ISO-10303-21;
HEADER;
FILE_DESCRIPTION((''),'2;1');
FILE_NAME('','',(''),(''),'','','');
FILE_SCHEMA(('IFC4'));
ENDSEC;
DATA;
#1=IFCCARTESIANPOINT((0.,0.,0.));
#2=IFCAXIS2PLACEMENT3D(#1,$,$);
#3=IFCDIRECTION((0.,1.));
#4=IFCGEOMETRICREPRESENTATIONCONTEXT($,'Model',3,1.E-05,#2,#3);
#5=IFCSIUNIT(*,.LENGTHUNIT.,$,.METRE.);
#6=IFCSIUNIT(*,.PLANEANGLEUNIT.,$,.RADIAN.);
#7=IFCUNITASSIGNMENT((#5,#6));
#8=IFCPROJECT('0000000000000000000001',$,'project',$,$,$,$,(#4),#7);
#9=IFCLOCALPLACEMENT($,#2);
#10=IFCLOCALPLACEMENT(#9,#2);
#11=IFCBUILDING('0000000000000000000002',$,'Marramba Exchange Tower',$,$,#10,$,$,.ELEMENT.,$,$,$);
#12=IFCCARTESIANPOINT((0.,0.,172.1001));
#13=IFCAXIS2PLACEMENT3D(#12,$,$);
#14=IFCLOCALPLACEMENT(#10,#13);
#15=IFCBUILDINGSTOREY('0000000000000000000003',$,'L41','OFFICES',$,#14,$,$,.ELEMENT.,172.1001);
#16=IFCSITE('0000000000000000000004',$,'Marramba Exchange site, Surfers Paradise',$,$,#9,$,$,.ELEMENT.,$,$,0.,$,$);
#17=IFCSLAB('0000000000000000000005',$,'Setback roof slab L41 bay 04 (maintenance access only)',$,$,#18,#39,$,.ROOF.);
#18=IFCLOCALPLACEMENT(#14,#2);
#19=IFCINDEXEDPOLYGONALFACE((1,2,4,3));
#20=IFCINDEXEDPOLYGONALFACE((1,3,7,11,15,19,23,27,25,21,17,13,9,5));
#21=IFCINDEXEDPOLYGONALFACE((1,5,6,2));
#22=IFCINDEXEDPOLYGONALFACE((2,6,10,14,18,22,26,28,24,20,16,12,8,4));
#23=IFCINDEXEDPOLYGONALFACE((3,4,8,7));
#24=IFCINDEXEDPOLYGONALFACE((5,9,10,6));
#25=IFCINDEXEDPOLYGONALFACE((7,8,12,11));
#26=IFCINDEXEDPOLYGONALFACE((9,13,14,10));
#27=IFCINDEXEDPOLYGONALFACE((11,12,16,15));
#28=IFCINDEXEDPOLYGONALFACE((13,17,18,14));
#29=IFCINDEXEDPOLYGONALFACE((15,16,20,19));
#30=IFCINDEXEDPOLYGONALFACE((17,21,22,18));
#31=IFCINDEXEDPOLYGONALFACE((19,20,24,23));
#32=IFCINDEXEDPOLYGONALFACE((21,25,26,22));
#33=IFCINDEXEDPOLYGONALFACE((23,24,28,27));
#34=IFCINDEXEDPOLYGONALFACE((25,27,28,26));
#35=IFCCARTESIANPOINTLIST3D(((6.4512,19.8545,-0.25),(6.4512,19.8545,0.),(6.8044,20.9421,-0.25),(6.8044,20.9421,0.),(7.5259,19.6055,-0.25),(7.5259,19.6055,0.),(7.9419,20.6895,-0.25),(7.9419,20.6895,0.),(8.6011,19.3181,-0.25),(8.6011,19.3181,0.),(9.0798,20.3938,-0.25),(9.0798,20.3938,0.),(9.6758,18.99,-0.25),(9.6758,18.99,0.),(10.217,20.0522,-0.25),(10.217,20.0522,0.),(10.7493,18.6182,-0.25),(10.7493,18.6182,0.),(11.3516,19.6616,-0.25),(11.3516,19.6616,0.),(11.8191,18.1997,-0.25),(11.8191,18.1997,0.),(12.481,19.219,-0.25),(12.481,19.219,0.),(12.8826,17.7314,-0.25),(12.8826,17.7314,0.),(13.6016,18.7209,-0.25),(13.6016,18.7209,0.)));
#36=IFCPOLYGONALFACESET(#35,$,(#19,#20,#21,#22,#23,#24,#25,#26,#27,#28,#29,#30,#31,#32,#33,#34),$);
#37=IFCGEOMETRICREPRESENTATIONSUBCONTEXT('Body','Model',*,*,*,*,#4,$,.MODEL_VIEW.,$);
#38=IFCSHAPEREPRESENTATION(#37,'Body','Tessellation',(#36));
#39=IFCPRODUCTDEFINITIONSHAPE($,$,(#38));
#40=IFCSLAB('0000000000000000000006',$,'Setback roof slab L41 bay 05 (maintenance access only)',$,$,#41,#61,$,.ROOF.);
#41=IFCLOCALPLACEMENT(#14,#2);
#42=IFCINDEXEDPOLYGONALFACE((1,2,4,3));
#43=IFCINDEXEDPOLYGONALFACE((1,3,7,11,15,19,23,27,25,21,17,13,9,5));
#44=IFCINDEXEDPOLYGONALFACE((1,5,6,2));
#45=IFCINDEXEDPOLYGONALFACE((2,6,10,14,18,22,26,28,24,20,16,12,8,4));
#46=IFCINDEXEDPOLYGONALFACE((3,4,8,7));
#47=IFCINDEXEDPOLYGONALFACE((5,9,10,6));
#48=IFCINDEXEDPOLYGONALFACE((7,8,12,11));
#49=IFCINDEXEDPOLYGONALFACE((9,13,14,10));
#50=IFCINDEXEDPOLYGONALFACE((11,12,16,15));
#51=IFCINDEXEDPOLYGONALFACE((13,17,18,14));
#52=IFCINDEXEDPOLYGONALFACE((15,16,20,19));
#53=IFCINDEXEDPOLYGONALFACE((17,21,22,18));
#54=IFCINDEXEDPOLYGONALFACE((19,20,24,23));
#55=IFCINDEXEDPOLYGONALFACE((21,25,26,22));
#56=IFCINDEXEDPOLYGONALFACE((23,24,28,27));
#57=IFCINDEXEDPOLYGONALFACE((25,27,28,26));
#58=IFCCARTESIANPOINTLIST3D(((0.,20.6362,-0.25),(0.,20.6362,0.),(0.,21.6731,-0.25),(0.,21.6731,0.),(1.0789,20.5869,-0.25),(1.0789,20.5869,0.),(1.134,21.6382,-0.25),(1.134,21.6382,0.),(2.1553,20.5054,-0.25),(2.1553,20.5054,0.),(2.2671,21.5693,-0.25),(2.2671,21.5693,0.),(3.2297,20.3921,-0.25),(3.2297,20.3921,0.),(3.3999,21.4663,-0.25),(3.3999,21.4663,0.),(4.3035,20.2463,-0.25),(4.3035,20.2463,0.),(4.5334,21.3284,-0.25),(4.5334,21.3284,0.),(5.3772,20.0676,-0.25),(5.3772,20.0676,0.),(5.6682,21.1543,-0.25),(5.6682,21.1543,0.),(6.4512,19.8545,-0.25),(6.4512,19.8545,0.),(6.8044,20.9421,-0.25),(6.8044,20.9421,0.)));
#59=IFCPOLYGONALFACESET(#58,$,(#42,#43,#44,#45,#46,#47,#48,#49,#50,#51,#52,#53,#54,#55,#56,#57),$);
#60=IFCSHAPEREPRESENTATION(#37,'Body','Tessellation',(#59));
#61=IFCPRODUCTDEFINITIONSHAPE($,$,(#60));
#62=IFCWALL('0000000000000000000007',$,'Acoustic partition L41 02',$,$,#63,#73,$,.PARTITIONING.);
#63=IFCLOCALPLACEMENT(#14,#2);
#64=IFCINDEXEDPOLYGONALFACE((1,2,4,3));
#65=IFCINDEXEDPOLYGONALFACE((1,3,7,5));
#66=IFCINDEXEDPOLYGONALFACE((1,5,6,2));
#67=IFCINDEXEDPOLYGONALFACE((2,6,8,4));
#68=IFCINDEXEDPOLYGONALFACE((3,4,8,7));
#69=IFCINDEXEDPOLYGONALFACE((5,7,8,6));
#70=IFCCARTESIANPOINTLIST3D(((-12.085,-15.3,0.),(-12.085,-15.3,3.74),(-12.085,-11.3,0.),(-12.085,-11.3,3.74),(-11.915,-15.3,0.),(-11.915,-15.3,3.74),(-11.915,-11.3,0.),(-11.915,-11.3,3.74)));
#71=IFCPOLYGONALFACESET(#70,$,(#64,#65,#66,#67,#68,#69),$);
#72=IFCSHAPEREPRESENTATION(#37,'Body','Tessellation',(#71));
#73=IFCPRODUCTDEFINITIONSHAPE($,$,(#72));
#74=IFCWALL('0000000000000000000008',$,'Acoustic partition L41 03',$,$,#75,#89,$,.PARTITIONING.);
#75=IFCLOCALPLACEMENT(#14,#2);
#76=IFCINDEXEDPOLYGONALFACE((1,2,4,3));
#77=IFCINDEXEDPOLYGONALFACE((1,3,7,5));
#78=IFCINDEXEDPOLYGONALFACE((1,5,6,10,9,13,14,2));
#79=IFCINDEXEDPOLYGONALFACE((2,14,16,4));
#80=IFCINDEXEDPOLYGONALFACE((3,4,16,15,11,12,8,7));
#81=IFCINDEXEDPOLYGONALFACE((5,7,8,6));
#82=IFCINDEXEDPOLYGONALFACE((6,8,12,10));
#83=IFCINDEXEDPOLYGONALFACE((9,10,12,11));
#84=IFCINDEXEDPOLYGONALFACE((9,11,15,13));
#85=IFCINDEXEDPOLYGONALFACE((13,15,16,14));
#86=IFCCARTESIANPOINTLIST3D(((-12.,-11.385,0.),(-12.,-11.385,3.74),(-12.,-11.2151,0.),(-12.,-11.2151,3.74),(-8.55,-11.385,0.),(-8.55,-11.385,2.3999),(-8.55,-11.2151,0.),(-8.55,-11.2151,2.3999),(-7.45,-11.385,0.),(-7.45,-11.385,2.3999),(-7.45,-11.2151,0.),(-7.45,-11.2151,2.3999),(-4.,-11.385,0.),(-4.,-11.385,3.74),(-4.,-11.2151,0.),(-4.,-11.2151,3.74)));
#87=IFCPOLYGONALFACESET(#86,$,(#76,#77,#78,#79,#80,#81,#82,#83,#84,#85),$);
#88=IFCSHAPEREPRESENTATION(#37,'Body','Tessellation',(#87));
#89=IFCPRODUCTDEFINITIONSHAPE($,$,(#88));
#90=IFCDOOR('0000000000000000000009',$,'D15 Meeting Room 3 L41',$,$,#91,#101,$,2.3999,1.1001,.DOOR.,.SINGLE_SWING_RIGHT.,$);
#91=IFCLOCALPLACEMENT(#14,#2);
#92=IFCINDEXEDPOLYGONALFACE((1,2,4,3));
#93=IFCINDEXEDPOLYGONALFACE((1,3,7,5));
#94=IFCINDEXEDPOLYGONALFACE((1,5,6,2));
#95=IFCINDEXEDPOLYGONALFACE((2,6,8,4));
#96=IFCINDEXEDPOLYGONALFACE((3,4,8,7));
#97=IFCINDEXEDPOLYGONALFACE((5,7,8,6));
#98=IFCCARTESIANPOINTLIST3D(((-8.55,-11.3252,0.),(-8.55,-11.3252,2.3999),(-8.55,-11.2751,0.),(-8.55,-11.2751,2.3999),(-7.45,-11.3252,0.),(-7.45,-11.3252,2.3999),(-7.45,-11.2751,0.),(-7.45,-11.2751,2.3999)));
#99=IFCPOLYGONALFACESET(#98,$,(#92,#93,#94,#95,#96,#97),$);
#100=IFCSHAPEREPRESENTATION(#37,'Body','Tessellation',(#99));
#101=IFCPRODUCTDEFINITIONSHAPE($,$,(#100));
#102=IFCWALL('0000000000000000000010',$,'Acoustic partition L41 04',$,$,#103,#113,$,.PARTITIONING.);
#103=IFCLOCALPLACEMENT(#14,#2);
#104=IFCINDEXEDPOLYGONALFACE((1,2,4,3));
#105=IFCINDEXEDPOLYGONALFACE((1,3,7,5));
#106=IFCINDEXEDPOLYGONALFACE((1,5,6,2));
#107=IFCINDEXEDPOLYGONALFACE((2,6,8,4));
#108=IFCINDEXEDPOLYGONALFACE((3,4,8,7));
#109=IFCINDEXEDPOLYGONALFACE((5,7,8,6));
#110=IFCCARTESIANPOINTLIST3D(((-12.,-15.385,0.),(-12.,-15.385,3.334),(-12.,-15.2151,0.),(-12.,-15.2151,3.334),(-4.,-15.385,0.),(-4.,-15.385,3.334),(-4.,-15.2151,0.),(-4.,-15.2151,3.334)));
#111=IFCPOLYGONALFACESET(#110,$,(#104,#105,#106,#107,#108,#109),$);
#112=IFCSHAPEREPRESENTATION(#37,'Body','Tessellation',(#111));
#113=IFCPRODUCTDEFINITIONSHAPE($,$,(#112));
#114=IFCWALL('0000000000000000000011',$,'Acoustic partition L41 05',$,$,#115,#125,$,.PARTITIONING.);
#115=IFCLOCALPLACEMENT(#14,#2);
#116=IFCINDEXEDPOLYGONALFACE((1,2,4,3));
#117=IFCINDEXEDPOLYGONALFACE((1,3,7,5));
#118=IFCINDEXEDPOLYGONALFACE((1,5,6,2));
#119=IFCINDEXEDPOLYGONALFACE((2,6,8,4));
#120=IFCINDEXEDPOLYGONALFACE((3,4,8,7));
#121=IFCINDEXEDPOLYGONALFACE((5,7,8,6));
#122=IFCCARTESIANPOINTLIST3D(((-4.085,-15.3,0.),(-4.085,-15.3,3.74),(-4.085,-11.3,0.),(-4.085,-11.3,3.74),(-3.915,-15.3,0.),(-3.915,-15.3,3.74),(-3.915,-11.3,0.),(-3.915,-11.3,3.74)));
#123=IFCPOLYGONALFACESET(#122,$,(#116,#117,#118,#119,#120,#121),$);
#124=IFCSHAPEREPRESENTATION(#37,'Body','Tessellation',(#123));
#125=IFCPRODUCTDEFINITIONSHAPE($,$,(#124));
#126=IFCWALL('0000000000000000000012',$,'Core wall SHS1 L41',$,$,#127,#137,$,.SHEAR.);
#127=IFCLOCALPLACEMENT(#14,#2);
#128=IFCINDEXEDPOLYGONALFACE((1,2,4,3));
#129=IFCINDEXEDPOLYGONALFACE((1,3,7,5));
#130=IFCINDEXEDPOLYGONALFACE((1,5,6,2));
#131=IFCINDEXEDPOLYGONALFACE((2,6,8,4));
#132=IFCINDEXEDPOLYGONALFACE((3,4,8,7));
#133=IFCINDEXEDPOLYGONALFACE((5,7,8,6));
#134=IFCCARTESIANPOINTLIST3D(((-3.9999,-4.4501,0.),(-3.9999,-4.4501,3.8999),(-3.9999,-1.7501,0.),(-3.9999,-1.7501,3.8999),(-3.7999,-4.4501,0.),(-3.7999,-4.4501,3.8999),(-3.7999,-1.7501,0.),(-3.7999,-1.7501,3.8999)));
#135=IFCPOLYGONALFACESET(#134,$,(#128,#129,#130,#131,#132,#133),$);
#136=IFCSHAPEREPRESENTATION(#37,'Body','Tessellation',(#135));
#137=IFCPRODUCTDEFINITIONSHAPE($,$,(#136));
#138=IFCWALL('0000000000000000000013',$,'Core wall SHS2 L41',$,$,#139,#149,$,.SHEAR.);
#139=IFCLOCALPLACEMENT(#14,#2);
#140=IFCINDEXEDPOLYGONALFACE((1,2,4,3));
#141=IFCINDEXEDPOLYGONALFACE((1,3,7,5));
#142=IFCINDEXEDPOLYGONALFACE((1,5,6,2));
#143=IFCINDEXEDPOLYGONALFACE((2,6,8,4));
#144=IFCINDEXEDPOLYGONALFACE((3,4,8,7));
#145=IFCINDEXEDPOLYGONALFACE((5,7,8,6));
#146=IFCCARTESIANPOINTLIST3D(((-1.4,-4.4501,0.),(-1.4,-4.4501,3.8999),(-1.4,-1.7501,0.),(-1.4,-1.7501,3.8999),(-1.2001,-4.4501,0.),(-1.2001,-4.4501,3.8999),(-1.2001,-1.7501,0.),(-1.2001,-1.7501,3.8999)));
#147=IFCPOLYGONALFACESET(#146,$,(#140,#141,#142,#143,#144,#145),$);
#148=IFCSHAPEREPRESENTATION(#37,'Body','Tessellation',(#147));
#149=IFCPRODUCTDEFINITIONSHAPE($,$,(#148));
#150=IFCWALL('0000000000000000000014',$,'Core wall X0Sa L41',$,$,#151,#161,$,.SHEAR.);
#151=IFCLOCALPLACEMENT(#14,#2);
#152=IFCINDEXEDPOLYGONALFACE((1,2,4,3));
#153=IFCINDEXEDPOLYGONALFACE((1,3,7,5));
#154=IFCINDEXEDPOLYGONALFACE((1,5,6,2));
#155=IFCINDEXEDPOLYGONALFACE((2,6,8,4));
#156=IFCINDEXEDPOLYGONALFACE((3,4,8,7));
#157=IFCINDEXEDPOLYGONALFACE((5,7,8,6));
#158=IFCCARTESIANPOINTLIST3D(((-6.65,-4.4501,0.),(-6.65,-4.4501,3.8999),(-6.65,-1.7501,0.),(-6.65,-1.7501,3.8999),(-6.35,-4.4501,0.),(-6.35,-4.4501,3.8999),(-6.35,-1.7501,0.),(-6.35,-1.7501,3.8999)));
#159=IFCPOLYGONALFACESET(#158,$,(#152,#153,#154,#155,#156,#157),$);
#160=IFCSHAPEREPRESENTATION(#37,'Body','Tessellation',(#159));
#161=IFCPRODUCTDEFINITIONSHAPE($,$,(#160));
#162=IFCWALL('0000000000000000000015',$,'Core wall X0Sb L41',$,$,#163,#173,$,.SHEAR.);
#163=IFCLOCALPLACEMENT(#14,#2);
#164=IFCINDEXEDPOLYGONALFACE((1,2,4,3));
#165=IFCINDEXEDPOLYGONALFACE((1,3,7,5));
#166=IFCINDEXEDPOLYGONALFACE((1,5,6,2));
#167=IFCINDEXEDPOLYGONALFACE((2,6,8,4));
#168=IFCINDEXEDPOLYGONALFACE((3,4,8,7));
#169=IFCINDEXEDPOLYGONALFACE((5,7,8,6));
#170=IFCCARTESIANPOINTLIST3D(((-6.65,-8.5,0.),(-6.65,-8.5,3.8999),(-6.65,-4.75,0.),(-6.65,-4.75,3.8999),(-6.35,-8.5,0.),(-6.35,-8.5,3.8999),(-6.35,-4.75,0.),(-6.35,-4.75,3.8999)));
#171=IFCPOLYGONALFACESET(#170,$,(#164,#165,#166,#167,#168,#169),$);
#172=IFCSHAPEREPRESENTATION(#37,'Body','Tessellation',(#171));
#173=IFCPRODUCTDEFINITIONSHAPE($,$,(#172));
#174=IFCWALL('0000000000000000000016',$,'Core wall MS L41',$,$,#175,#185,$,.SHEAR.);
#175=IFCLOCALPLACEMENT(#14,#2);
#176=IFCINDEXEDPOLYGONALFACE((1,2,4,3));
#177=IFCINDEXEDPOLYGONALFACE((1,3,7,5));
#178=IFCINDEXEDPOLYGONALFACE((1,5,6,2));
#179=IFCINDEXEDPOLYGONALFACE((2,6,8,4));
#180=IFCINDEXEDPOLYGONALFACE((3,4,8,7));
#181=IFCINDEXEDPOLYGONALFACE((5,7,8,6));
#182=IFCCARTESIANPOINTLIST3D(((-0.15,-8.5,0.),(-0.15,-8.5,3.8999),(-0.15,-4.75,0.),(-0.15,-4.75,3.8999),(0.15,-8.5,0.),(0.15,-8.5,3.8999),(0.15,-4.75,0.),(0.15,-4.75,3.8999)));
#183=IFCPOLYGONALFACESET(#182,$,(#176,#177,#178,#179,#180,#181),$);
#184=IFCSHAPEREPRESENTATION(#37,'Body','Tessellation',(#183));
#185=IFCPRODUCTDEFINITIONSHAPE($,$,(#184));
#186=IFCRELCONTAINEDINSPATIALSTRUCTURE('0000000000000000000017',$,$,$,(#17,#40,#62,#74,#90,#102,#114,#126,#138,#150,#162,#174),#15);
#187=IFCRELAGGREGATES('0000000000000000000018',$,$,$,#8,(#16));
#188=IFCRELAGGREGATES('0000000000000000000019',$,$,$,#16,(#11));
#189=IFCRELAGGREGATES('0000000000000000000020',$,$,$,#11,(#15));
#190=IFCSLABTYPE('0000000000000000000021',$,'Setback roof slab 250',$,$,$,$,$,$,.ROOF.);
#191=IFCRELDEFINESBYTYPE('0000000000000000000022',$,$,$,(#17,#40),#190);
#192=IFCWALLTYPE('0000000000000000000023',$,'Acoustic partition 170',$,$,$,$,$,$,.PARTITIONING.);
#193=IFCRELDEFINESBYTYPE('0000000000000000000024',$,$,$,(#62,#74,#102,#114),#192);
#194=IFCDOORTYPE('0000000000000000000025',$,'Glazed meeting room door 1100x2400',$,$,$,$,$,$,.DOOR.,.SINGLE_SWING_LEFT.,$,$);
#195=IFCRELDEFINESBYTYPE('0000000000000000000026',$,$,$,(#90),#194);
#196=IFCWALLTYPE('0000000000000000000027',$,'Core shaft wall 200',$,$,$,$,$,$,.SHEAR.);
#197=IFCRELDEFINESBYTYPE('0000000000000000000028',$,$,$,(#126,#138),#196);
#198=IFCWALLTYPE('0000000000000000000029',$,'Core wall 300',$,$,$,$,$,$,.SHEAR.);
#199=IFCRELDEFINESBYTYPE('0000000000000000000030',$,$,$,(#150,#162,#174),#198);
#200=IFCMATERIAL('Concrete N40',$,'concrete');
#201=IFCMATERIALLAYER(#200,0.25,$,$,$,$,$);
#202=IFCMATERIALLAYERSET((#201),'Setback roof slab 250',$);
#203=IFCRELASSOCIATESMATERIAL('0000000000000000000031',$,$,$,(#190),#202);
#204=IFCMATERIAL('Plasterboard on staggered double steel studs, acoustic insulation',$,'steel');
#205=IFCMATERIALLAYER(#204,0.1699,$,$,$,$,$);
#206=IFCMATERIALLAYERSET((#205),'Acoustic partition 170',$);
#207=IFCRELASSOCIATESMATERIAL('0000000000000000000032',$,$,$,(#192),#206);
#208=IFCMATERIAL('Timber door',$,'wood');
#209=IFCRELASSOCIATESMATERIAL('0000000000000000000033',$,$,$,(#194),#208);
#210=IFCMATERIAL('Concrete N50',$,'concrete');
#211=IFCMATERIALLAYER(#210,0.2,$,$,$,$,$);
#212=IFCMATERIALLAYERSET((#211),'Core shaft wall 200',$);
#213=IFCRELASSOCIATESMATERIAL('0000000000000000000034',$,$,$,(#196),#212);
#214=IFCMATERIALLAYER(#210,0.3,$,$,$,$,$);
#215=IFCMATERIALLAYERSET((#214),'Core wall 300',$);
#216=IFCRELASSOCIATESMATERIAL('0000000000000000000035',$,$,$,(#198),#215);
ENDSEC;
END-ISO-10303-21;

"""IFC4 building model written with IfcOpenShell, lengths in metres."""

from ifc_helpers import new_model, si_unit, direction, frame, frame_2d, origin, place, context, subcontext, project, spatial, polyline, rectangle, outline, extrude, material, layer, layer_set, type_object, element, fill, save


model = new_model("IFC4")

# Units and contexts
model_context = context("Model", 3, precision=1e-05, world=origin(), true_north=direction((0.0, 1.0)))
body_context = subcontext(model_context, "Body", "Model", "MODEL_VIEW")
ifc_project = project(units=[si_unit("LENGTHUNIT", "METRE"), si_unit("PLANEANGLEUNIT", "RADIAN")], contexts=[model_context])

# Site, building, storey
site_placement = place(None, origin())
site = spatial("IfcSite", under=ifc_project, at=site_placement, Name="Marramba Exchange site, Surfers Paradise", CompositionType="ELEMENT", RefElevation=0.0)
building_placement = place(site_placement, origin())
building = spatial("IfcBuilding", under=site, at=building_placement, Name="Marramba Exchange Tower", CompositionType="ELEMENT")
storey_placement = place(building_placement, frame((0.0, 0.0, 172.1001)))
storey = spatial("IfcBuildingStorey", under=building, at=storey_placement, Name="L41", Description="OFFICES", CompositionType="ELEMENT", Elevation=172.1001)

# Slabs
ifc_material_1 = material(Name="Concrete N40", Category="concrete")
ifc_layer_1 = layer(ifc_material_1, 0.25)
ifc_layer_set_1 = layer_set([ifc_layer_1], Name="Setback roof slab 250")
slab_type_1 = type_object("IfcSlabType", Name="Setback roof slab 250", PredefinedType="ROOF", material=ifc_layer_set_1)
slab_1_placement = place(storey_placement, frame((0.0, 0.0, -0.25)))
element("IfcSlab", 1, at=slab_1_placement, inside=storey, type_object=slab_type_1, Name="Setback roof slab L41 bay 04 (maintenance access only)", PredefinedType="ROOF", context=body_context, shape_type="SweptSolid", body=[
    extrude(outline(polyline([(7.9419, 20.6895), (9.0798, 20.3938), (10.217, 20.0522), (11.3516, 19.6616), (12.481, 19.219), (13.6016, 18.7209), (12.8826, 17.7314), (11.8191, 18.1997), (10.7493, 18.6182), (9.6758, 18.99), (8.6011, 19.3181), (7.5259, 19.6055), (6.4512, 19.8545), (6.8044, 20.9421), (7.9419, 20.6895)])), origin(), (0.0, 0.0, 1.0), 0.25),
])
slab_2_placement = place(storey_placement, frame((0.0, 0.0, -0.25)))
element("IfcSlab", 2, at=slab_2_placement, inside=storey, type_object=slab_type_1, Name="Setback roof slab L41 bay 05 (maintenance access only)", PredefinedType="ROOF", context=body_context, shape_type="SweptSolid", body=[
    extrude(outline(polyline([(1.134, 21.6382), (2.2671, 21.5693), (3.3999, 21.4663), (4.5334, 21.3284), (5.6682, 21.1543), (6.8044, 20.9421), (6.4512, 19.8545), (5.3772, 20.0676), (4.3035, 20.2463), (3.2297, 20.3921), (2.1553, 20.5054), (1.0789, 20.5869), (0.0, 20.6362), (0.0, 21.6731), (1.134, 21.6382)])), origin(), (0.0, 0.0, 1.0), 0.25),
])

# Wall
ifc_material_2 = material(Name="Plasterboard on staggered double steel studs, acoustic insulation", Category="steel")
ifc_layer_2 = layer(ifc_material_2, 0.1699)
ifc_layer_set_2 = layer_set([ifc_layer_2], Name="Acoustic partition 170")
wall_type_1 = type_object("IfcWallType", Name="Acoustic partition 170", PredefinedType="PARTITIONING", material=ifc_layer_set_2)
wall_1_placement = place(storey_placement, frame((-12.0, -15.3, 0.0), z_axis=(0.0, 0.0, 1.0), x_axis=(0.0, 1.0, 0.0)))
element("IfcWall", 3, at=wall_1_placement, inside=storey, type_object=wall_type_1, Name="Acoustic partition L41 02", PredefinedType="PARTITIONING", context=body_context, shape_type="SweptSolid", body=[
    extrude(rectangle(XDim=4.0, YDim=0.1699, at=frame_2d((2.0, 0.0))), origin(), (0.0, 0.0, 1.0), 3.74),
])

# Wall, opening, door
wall_2_placement = place(storey_placement, frame((-12.0, -11.3, 0.0), z_axis=(0.0, 0.0, 1.0), x_axis=(1.0, 0.0, 0.0)))
wall_2 = element("IfcWall", 4, at=wall_2_placement, inside=storey, type_object=wall_type_1, Name="Acoustic partition L41 03", PredefinedType="PARTITIONING", context=body_context, shape_type="SweptSolid", body=[
    extrude(rectangle(XDim=8.0, YDim=0.1699, at=frame_2d((4.0, 0.0))), origin(), (0.0, 0.0, 1.0), 3.74),
])
opening_1_placement = place(wall_2_placement, frame((3.45, 0.0, 0.0)))
opening_1 = element("IfcOpeningElement", 5, at=opening_1_placement, cuts=wall_2, PredefinedType="OPENING", context=body_context, shape_type="SweptSolid", body=[
    extrude(rectangle(XDim=1.1001, YDim=2.3999, at=frame_2d((0.55, 1.2))), frame((0.0, 0.095, 0.0), z_axis=(0.0, -1.0, 0.0), x_axis=(1.0, 0.0, 0.0)), (0.0, 0.0, 1.0), 0.1899),
])
ifc_material_3 = material(Name="Timber door", Category="wood")
door_type_1 = type_object("IfcDoorType", Name="Glazed meeting room door 1100x2400", OperationType="SINGLE_SWING_LEFT", PredefinedType="DOOR", material=ifc_material_3)
door_1_placement = place(opening_1_placement, frame((1.1001, 0.0, 0.0), z_axis=(0.0, 0.0, 1.0), x_axis=(-1.0, 0.0, 0.0)))
door_1 = element("IfcDoor", 6, at=door_1_placement, inside=storey, type_object=door_type_1, Name="D15 Meeting Room 3 L41", OperationType="SINGLE_SWING_RIGHT", OverallHeight=2.3999, OverallWidth=1.1001, PredefinedType="DOOR", context=body_context, shape_type="SweptSolid", body=[
    extrude(rectangle(XDim=1.1001, YDim=2.3999, at=frame_2d((0.55, 1.2))), frame((0.0, 0.0251, 0.0), z_axis=(0.0, -1.0, 0.0), x_axis=(1.0, 0.0, 0.0)), (0.0, 0.0, 1.0), 0.05),
])
fill(opening_1, door_1)

# Walls
wall_3_placement = place(storey_placement, frame((-4.0, -15.3, 0.0), z_axis=(0.0, 0.0, 1.0), x_axis=(-1.0, 0.0, 0.0)))
element("IfcWall", 7, at=wall_3_placement, inside=storey, type_object=wall_type_1, Name="Acoustic partition L41 04", PredefinedType="PARTITIONING", context=body_context, shape_type="SweptSolid", body=[
    extrude(rectangle(XDim=8.0, YDim=0.1699, at=frame_2d((4.0, 0.0))), origin(), (0.0, 0.0, 1.0), 3.334),
])
wall_4_placement = place(storey_placement, frame((-4.0, -11.3, 0.0), z_axis=(0.0, 0.0, 1.0), x_axis=(0.0, -1.0, 0.0)))
element("IfcWall", 8, at=wall_4_placement, inside=storey, type_object=wall_type_1, Name="Acoustic partition L41 05", PredefinedType="PARTITIONING", context=body_context, shape_type="SweptSolid", body=[
    extrude(rectangle(XDim=4.0, YDim=0.1699, at=frame_2d((2.0, 0.0))), origin(), (0.0, 0.0, 1.0), 3.74),
])
ifc_material_4 = material(Name="Concrete N50", Category="concrete")
ifc_layer_3 = layer(ifc_material_4, 0.2)
ifc_layer_set_3 = layer_set([ifc_layer_3], Name="Core shaft wall 200")
wall_type_2 = type_object("IfcWallType", Name="Core shaft wall 200", PredefinedType="SHEAR", material=ifc_layer_set_3)
for number, where, z_axis, x_axis, name in (
    (9, (-3.8999, -1.75, 0.0), (0.0, 0.0, 1.0), (0.0, -1.0, 0.0), "Core wall SHS1 L41"),
    (10, (-1.3, -1.75, 0.0), (0.0, 0.0, 1.0), (0.0, -1.0, 0.0), "Core wall SHS2 L41"),
):
    element("IfcWall", number, at=place(storey_placement, frame(where, z_axis=z_axis, x_axis=x_axis)), inside=storey, type_object=wall_type_2, Name=name, PredefinedType="SHEAR", context=body_context, shape_type="SweptSolid", body=[
        extrude(rectangle(XDim=2.7, YDim=0.2, at=frame_2d((1.3501, 0.0))), origin(), (0.0, 0.0, 1.0), 3.8999),
    ])
ifc_layer_4 = layer(ifc_material_4, 0.3)
ifc_layer_set_4 = layer_set([ifc_layer_4], Name="Core wall 300")
wall_type_3 = type_object("IfcWallType", Name="Core wall 300", PredefinedType="SHEAR", material=ifc_layer_set_4)
wall_5_placement = place(storey_placement, frame((-6.5, -1.75, 0.0), z_axis=(0.0, 0.0, 1.0), x_axis=(0.0, -1.0, 0.0)))
element("IfcWall", 11, at=wall_5_placement, inside=storey, type_object=wall_type_3, Name="Core wall X0Sa L41", PredefinedType="SHEAR", context=body_context, shape_type="SweptSolid", body=[
    extrude(rectangle(XDim=2.7, YDim=0.3, at=frame_2d((1.3501, 0.0))), origin(), (0.0, 0.0, 1.0), 3.8999),
])
for number, where, z_axis, x_axis, name in (
    (12, (-6.5, -4.75, 0.0), (0.0, 0.0, 1.0), (0.0, -1.0, 0.0), "Core wall X0Sb L41"),
    (13, (0.0, -4.75, 0.0), (0.0, 0.0, 1.0), (0.0, -1.0, 0.0), "Core wall MS L41"),
):
    element("IfcWall", number, at=place(storey_placement, frame(where, z_axis=z_axis, x_axis=x_axis)), inside=storey, type_object=wall_type_3, Name=name, PredefinedType="SHEAR", context=body_context, shape_type="SweptSolid", body=[
        extrude(rectangle(XDim=3.75, YDim=0.3, at=frame_2d((1.875, 0.0))), origin(), (0.0, 0.0, 1.0), 3.8999),
    ])

save(model, "model.ifc")
